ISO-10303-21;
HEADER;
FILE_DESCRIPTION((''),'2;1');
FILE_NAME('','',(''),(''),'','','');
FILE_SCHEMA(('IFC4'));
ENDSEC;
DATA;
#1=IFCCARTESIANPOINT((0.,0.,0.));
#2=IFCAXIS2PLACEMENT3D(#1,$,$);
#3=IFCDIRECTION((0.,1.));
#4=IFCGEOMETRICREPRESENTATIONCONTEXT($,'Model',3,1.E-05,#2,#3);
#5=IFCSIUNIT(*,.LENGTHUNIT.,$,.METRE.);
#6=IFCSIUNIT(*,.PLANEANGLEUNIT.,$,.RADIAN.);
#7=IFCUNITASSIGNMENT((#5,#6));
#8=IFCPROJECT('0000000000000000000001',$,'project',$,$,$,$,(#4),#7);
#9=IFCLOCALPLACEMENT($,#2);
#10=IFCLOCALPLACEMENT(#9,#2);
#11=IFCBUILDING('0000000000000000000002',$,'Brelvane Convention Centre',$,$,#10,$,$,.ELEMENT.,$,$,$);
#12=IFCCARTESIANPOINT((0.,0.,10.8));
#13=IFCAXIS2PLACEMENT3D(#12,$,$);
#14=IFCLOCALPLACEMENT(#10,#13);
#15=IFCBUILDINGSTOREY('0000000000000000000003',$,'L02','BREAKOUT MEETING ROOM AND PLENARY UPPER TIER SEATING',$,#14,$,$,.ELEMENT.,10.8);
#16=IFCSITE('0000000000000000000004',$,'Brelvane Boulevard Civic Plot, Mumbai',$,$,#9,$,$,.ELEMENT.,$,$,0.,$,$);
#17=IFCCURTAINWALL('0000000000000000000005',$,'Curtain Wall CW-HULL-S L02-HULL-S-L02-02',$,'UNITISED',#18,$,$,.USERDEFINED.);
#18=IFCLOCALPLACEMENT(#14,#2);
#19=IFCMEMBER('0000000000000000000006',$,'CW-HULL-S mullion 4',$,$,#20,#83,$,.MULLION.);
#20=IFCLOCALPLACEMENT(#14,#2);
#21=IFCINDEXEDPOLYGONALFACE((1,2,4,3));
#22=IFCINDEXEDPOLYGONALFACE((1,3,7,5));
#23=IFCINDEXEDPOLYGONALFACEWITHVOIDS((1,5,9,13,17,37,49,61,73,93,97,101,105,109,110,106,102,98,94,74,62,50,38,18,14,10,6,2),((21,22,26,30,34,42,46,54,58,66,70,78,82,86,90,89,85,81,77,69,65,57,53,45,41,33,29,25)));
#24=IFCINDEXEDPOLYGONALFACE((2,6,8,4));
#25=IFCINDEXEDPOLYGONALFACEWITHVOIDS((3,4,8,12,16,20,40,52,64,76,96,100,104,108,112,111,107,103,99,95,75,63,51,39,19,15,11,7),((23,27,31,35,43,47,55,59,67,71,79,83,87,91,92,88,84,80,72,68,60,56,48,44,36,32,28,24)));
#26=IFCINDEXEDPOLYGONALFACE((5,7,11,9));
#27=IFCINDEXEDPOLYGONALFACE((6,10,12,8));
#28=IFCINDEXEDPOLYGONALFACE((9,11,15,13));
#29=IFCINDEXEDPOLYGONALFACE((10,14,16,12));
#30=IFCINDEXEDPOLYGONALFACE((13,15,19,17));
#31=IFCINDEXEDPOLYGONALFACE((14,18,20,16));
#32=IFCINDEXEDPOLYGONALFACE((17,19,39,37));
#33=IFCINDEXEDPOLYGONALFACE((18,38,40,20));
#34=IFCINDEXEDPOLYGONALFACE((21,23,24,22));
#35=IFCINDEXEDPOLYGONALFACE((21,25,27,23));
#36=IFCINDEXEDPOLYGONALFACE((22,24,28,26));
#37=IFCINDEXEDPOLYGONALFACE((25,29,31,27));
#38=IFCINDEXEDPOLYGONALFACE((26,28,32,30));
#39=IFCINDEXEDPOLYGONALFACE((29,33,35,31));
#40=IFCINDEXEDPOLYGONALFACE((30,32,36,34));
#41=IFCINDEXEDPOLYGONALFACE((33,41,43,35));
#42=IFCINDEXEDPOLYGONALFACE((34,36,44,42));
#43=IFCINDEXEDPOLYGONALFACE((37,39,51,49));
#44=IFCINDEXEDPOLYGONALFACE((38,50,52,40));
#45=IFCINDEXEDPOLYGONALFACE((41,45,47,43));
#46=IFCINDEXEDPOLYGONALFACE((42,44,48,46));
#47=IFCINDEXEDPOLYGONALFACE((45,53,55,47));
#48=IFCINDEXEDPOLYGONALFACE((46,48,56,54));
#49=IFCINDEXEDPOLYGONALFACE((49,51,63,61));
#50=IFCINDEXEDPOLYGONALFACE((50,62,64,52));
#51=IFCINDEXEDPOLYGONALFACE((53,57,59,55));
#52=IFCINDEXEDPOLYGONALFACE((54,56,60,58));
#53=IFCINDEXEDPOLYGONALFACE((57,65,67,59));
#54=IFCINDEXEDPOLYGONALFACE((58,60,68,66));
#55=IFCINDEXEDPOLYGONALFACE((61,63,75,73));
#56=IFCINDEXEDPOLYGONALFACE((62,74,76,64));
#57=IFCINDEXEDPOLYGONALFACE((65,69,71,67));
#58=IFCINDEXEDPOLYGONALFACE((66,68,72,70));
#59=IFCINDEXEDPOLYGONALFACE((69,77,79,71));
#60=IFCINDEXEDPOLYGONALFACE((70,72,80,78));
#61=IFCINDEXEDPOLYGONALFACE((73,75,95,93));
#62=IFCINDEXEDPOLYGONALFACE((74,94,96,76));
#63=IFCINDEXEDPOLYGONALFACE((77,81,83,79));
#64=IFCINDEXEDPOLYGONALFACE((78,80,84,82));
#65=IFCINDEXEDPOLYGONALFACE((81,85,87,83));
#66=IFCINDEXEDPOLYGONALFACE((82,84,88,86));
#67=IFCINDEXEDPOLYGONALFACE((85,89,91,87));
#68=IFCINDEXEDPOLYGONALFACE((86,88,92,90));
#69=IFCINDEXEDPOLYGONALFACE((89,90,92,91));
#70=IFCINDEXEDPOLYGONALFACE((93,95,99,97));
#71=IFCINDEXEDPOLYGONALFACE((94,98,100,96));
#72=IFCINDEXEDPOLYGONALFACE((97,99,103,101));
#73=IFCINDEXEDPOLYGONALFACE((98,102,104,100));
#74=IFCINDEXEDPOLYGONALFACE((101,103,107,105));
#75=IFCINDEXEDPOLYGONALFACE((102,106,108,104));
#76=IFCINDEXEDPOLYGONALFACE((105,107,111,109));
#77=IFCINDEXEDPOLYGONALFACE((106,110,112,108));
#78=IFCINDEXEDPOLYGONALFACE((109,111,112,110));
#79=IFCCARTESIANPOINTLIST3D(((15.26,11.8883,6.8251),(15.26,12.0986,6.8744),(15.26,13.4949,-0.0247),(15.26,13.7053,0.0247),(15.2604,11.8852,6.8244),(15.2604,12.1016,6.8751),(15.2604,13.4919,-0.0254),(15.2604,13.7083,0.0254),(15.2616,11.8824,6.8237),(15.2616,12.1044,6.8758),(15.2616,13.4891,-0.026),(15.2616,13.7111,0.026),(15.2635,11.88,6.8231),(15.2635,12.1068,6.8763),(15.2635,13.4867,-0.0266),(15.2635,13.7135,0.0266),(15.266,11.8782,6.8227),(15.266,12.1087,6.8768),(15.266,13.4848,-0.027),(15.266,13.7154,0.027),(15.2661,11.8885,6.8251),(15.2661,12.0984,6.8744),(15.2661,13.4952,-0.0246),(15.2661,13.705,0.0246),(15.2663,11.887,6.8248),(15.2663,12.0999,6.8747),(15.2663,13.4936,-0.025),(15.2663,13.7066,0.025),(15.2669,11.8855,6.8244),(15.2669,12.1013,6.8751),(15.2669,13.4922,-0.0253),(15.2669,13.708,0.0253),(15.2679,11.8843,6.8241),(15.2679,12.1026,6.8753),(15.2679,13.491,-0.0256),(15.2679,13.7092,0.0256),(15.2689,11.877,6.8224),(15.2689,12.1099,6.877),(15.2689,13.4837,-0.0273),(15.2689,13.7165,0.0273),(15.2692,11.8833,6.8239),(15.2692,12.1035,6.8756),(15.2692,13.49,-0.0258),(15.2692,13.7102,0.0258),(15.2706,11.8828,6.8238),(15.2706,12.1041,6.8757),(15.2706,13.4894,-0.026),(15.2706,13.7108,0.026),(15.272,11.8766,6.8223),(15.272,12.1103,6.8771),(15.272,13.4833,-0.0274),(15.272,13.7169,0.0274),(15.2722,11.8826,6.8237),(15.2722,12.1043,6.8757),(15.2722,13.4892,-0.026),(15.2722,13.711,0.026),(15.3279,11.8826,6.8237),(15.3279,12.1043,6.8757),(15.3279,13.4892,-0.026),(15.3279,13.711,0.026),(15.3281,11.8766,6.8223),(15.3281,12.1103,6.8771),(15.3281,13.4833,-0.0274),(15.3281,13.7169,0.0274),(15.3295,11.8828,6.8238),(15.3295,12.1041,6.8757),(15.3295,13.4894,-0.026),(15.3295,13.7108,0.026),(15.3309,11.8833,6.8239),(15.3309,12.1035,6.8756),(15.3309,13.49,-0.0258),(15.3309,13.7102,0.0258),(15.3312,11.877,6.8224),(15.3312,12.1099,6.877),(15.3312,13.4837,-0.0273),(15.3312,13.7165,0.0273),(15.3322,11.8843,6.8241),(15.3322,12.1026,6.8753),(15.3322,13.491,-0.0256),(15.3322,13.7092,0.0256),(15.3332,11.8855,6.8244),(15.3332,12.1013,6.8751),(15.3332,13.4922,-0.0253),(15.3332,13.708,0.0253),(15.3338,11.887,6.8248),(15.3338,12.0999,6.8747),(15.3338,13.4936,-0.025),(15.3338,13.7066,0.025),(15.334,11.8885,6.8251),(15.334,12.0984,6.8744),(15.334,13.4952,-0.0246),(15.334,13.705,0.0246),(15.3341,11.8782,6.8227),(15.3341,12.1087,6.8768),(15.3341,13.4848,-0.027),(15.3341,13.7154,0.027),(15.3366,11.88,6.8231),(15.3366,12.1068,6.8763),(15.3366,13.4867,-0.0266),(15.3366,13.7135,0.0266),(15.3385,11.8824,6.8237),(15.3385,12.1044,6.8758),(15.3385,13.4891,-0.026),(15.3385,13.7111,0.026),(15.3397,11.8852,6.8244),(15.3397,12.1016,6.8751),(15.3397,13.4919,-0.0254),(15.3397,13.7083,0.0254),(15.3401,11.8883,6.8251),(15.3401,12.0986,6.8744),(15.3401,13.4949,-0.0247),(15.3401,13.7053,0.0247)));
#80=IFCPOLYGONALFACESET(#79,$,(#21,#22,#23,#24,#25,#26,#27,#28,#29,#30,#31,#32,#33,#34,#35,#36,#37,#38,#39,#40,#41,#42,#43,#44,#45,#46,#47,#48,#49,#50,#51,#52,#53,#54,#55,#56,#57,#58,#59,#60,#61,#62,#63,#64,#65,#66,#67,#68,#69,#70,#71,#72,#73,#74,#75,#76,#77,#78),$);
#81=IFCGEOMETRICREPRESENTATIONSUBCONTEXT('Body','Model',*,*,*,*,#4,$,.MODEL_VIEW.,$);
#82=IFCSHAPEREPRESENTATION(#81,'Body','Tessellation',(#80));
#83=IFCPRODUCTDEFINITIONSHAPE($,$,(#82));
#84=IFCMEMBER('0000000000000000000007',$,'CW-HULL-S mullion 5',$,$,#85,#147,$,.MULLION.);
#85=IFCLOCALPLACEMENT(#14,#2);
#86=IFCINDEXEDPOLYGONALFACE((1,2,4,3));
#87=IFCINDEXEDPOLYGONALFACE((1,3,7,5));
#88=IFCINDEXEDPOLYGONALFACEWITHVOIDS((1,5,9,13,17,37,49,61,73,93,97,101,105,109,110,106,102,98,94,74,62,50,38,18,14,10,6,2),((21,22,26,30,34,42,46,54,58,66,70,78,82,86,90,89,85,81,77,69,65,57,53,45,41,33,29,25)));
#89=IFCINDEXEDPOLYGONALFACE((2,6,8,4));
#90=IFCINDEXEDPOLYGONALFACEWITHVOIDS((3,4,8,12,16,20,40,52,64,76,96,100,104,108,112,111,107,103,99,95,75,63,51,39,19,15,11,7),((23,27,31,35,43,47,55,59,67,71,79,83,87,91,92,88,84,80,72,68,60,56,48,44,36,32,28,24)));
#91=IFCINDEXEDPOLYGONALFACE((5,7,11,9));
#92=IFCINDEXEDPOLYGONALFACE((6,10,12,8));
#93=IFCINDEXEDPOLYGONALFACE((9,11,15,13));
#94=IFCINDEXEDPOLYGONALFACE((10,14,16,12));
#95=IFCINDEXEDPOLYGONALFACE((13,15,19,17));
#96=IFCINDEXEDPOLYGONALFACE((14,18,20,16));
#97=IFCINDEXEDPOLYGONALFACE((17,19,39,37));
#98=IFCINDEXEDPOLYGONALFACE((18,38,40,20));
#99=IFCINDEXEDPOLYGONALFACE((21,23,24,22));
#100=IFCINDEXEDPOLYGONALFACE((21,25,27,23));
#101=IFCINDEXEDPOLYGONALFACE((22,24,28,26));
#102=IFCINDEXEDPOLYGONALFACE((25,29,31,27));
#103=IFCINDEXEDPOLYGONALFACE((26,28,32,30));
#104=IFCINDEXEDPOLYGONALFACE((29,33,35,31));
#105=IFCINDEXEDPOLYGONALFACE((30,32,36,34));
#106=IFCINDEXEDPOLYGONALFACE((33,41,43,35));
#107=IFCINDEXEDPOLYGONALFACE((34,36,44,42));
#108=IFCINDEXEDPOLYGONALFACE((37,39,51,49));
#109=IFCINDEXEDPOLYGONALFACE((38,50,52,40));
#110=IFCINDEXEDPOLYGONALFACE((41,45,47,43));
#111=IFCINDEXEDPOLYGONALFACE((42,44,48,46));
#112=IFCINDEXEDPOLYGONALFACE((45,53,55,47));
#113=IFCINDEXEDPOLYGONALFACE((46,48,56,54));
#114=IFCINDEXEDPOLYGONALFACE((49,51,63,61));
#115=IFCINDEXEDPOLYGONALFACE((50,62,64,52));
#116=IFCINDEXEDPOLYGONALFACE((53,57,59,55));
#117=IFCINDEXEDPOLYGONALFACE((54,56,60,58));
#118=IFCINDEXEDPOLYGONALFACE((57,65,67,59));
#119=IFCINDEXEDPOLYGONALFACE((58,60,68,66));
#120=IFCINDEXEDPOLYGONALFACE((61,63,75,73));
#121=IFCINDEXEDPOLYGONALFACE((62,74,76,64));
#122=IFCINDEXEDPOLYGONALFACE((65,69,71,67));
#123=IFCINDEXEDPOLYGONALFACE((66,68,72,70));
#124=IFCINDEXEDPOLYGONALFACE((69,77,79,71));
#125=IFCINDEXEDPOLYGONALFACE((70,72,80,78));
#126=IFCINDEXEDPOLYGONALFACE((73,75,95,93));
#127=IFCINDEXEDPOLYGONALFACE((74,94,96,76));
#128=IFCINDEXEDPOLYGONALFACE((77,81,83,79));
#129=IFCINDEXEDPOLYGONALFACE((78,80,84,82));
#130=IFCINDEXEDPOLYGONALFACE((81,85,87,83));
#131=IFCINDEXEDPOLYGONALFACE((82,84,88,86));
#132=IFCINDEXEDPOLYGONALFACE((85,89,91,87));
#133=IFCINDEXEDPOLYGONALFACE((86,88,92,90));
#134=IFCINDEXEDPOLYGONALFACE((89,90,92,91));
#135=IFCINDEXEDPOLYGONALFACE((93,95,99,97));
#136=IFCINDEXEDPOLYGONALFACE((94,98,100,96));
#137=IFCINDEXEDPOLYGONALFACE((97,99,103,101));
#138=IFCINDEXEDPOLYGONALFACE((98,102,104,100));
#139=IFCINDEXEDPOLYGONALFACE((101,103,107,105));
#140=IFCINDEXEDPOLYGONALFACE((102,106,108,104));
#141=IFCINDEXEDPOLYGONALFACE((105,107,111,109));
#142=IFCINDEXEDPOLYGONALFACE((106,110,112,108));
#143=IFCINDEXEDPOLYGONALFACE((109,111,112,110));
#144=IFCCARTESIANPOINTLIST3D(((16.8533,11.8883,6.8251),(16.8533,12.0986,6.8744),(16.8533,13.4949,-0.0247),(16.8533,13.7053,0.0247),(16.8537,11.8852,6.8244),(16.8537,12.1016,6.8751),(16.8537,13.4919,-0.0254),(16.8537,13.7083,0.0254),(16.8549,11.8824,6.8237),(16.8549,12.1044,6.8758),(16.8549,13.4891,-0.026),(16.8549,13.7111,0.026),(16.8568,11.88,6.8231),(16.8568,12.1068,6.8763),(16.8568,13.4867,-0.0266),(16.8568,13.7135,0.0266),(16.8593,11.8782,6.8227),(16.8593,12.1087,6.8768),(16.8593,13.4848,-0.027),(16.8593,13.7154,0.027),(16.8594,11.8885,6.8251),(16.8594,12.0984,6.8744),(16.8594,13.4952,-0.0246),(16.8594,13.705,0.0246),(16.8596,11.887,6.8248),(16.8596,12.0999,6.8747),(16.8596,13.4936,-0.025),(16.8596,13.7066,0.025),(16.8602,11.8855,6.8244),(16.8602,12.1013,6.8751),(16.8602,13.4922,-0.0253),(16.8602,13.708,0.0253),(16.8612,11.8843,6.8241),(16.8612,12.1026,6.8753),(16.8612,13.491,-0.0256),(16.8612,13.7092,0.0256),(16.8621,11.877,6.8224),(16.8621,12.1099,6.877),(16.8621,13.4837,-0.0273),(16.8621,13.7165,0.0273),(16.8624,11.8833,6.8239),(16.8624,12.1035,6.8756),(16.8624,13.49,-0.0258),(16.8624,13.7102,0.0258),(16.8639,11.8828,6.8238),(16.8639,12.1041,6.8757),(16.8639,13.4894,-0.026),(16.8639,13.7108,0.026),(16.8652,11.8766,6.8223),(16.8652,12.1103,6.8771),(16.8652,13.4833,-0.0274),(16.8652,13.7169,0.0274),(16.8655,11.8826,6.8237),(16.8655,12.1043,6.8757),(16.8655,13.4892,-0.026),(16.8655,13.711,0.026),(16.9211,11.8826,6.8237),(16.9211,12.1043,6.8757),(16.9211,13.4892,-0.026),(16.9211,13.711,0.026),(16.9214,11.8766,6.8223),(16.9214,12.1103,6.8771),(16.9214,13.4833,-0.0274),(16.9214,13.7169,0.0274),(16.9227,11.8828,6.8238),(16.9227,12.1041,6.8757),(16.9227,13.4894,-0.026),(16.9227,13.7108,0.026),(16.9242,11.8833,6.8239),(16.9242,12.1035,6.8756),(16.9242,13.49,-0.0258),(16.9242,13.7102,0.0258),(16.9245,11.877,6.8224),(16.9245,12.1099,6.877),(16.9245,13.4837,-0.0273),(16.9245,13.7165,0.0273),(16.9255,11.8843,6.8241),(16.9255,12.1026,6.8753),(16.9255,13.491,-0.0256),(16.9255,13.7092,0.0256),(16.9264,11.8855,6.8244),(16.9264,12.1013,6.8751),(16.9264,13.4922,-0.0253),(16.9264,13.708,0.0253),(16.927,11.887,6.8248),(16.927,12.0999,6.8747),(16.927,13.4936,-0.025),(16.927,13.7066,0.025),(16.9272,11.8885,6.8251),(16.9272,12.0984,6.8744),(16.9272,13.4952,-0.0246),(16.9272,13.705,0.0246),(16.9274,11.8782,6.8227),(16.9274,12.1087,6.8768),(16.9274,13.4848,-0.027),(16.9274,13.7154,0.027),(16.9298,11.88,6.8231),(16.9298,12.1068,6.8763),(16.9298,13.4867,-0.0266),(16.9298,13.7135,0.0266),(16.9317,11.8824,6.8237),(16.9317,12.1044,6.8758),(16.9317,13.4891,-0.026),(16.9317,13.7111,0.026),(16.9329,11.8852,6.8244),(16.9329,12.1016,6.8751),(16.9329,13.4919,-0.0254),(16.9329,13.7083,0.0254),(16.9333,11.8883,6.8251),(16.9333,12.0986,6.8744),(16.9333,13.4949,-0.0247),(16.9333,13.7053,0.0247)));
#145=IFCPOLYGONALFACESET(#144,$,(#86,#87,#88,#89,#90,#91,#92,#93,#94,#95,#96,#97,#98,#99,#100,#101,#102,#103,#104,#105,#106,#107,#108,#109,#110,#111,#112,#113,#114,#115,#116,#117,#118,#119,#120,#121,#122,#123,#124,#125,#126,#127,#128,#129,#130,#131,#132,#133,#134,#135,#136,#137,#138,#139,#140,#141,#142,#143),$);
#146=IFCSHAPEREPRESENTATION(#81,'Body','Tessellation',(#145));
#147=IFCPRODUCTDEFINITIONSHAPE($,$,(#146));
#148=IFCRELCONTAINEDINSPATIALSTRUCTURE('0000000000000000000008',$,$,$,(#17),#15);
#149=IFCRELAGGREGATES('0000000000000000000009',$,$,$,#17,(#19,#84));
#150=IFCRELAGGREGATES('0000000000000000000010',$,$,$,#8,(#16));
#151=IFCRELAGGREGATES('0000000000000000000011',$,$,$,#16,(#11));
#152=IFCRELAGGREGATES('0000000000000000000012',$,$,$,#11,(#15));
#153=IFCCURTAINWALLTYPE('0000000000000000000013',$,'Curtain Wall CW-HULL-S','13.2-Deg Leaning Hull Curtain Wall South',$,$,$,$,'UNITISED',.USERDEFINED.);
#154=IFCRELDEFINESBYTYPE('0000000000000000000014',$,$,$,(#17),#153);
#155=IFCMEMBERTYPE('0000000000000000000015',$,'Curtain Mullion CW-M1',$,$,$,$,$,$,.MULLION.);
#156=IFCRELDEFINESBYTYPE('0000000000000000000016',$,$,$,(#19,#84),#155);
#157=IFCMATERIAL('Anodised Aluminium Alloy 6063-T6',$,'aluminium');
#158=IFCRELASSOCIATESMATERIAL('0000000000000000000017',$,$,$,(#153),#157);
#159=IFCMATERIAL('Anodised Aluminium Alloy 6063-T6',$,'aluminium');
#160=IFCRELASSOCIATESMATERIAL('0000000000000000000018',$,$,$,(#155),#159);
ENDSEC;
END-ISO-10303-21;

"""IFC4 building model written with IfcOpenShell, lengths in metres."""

from ifc_helpers import new_model, si_unit, direction, frame, origin, origin_2d, place, context, subcontext, project, spatial, hollow_rectangle, extrude, material, material_profile, profile_set, type_object, element, aggregate, save


model = new_model("IFC4")

# Units and contexts
model_context = context("Model", 3, precision=1e-05, world=origin(), true_north=direction((0.0, 1.0)))
body_context = subcontext(model_context, "Body", "Model", "MODEL_VIEW")
ifc_project = project(units=[si_unit("LENGTHUNIT", "METRE"), si_unit("PLANEANGLEUNIT", "RADIAN")], contexts=[model_context])

# Site, building, storey
site_placement = place(None, origin())
site = spatial("IfcSite", under=ifc_project, at=site_placement, Name="Brelvane Boulevard Civic Plot, Mumbai", CompositionType="ELEMENT", RefElevation=0.0)
building_placement = place(site_placement, origin())
building = spatial("IfcBuilding", under=site, at=building_placement, Name="Brelvane Convention Centre", CompositionType="ELEMENT")
storey_placement = place(building_placement, frame((0.0, 0.0, 10.8)))
storey = spatial("IfcBuildingStorey", under=building, at=storey_placement, Name="L02", Description="BREAKOUT MEETING ROOM AND PLENARY UPPER TIER SEATING", CompositionType="ELEMENT", Elevation=10.8)

# Shared definitions
ifc_material_1 = material(Name="Anodised Aluminium Alloy 6063-T6", Category="aluminium")
curtain_wall_type = type_object("IfcCurtainWallType", Name="Curtain Wall CW-HULL-S", Description="13.2-Deg Leaning Hull Curtain Wall South", ElementType="UNITISED", PredefinedType="USERDEFINED", material=ifc_material_1)
ifc_material_2 = material(Name="Anodised Aluminium Alloy 6063-T6", Category="aluminium")
ifc_material_profile_1 = material_profile(ifc_material_2, hollow_rectangle(XDim=0.0801, YDim=0.24, WallThickness=0.0061, InnerFilletRadius=0.0061, OuterFilletRadius=0.012, at=origin_2d()), Name="ALU-M 240x80x6.0")
ifc_profile_set_1 = profile_set([ifc_material_profile_1], Name="Anodised Aluminium Alloy 6063-T6")
member_type_1 = type_object("IfcMemberType", Name="Curtain Mullion CW-M1", PredefinedType="MULLION", material=ifc_profile_set_1)

# Curtain wall, members
curtain_wall_1_placement = place(storey_placement, origin())
curtain_wall_1 = element("IfcCurtainWall", 1, at=curtain_wall_1_placement, inside=storey, type_object=curtain_wall_type, Name="Curtain Wall CW-HULL-S L02-HULL-S-L02-02", ObjectType="UNITISED", PredefinedType="USERDEFINED")
member_1_placement = place(storey_placement, frame((15.3, 13.6001, 0.0), z_axis=(0.0, -0.22836, 0.973577), x_axis=(1.0, 0.0, 0.0)))
member_1 = element("IfcMember", 2, at=member_1_placement, type_object=member_type_1, Name="CW-HULL-S mullion 4", PredefinedType="MULLION", context=body_context, shape_type="SweptSolid", body=[
    extrude(hollow_rectangle(XDim=0.0801, YDim=0.24, WallThickness=0.0061, InnerFilletRadius=0.0061, OuterFilletRadius=0.012, at=origin_2d()), origin(), (0.0, 0.0, 1.0), 7.0356),
])
member_2_placement = place(storey_placement, frame((16.8933, 13.6001, 0.0), z_axis=(0.0, -0.22836, 0.973577), x_axis=(1.0, 0.0, 0.0)))
member_2 = element("IfcMember", 3, at=member_2_placement, type_object=member_type_1, Name="CW-HULL-S mullion 5", PredefinedType="MULLION", context=body_context, shape_type="SweptSolid", body=[
    extrude(hollow_rectangle(XDim=0.0801, YDim=0.24, WallThickness=0.0061, InnerFilletRadius=0.0061, OuterFilletRadius=0.012, at=origin_2d()), origin(), (0.0, 0.0, 1.0), 7.0356),
])

aggregate(curtain_wall_1, [member_1, member_2])

save(model, "model.ifc")
